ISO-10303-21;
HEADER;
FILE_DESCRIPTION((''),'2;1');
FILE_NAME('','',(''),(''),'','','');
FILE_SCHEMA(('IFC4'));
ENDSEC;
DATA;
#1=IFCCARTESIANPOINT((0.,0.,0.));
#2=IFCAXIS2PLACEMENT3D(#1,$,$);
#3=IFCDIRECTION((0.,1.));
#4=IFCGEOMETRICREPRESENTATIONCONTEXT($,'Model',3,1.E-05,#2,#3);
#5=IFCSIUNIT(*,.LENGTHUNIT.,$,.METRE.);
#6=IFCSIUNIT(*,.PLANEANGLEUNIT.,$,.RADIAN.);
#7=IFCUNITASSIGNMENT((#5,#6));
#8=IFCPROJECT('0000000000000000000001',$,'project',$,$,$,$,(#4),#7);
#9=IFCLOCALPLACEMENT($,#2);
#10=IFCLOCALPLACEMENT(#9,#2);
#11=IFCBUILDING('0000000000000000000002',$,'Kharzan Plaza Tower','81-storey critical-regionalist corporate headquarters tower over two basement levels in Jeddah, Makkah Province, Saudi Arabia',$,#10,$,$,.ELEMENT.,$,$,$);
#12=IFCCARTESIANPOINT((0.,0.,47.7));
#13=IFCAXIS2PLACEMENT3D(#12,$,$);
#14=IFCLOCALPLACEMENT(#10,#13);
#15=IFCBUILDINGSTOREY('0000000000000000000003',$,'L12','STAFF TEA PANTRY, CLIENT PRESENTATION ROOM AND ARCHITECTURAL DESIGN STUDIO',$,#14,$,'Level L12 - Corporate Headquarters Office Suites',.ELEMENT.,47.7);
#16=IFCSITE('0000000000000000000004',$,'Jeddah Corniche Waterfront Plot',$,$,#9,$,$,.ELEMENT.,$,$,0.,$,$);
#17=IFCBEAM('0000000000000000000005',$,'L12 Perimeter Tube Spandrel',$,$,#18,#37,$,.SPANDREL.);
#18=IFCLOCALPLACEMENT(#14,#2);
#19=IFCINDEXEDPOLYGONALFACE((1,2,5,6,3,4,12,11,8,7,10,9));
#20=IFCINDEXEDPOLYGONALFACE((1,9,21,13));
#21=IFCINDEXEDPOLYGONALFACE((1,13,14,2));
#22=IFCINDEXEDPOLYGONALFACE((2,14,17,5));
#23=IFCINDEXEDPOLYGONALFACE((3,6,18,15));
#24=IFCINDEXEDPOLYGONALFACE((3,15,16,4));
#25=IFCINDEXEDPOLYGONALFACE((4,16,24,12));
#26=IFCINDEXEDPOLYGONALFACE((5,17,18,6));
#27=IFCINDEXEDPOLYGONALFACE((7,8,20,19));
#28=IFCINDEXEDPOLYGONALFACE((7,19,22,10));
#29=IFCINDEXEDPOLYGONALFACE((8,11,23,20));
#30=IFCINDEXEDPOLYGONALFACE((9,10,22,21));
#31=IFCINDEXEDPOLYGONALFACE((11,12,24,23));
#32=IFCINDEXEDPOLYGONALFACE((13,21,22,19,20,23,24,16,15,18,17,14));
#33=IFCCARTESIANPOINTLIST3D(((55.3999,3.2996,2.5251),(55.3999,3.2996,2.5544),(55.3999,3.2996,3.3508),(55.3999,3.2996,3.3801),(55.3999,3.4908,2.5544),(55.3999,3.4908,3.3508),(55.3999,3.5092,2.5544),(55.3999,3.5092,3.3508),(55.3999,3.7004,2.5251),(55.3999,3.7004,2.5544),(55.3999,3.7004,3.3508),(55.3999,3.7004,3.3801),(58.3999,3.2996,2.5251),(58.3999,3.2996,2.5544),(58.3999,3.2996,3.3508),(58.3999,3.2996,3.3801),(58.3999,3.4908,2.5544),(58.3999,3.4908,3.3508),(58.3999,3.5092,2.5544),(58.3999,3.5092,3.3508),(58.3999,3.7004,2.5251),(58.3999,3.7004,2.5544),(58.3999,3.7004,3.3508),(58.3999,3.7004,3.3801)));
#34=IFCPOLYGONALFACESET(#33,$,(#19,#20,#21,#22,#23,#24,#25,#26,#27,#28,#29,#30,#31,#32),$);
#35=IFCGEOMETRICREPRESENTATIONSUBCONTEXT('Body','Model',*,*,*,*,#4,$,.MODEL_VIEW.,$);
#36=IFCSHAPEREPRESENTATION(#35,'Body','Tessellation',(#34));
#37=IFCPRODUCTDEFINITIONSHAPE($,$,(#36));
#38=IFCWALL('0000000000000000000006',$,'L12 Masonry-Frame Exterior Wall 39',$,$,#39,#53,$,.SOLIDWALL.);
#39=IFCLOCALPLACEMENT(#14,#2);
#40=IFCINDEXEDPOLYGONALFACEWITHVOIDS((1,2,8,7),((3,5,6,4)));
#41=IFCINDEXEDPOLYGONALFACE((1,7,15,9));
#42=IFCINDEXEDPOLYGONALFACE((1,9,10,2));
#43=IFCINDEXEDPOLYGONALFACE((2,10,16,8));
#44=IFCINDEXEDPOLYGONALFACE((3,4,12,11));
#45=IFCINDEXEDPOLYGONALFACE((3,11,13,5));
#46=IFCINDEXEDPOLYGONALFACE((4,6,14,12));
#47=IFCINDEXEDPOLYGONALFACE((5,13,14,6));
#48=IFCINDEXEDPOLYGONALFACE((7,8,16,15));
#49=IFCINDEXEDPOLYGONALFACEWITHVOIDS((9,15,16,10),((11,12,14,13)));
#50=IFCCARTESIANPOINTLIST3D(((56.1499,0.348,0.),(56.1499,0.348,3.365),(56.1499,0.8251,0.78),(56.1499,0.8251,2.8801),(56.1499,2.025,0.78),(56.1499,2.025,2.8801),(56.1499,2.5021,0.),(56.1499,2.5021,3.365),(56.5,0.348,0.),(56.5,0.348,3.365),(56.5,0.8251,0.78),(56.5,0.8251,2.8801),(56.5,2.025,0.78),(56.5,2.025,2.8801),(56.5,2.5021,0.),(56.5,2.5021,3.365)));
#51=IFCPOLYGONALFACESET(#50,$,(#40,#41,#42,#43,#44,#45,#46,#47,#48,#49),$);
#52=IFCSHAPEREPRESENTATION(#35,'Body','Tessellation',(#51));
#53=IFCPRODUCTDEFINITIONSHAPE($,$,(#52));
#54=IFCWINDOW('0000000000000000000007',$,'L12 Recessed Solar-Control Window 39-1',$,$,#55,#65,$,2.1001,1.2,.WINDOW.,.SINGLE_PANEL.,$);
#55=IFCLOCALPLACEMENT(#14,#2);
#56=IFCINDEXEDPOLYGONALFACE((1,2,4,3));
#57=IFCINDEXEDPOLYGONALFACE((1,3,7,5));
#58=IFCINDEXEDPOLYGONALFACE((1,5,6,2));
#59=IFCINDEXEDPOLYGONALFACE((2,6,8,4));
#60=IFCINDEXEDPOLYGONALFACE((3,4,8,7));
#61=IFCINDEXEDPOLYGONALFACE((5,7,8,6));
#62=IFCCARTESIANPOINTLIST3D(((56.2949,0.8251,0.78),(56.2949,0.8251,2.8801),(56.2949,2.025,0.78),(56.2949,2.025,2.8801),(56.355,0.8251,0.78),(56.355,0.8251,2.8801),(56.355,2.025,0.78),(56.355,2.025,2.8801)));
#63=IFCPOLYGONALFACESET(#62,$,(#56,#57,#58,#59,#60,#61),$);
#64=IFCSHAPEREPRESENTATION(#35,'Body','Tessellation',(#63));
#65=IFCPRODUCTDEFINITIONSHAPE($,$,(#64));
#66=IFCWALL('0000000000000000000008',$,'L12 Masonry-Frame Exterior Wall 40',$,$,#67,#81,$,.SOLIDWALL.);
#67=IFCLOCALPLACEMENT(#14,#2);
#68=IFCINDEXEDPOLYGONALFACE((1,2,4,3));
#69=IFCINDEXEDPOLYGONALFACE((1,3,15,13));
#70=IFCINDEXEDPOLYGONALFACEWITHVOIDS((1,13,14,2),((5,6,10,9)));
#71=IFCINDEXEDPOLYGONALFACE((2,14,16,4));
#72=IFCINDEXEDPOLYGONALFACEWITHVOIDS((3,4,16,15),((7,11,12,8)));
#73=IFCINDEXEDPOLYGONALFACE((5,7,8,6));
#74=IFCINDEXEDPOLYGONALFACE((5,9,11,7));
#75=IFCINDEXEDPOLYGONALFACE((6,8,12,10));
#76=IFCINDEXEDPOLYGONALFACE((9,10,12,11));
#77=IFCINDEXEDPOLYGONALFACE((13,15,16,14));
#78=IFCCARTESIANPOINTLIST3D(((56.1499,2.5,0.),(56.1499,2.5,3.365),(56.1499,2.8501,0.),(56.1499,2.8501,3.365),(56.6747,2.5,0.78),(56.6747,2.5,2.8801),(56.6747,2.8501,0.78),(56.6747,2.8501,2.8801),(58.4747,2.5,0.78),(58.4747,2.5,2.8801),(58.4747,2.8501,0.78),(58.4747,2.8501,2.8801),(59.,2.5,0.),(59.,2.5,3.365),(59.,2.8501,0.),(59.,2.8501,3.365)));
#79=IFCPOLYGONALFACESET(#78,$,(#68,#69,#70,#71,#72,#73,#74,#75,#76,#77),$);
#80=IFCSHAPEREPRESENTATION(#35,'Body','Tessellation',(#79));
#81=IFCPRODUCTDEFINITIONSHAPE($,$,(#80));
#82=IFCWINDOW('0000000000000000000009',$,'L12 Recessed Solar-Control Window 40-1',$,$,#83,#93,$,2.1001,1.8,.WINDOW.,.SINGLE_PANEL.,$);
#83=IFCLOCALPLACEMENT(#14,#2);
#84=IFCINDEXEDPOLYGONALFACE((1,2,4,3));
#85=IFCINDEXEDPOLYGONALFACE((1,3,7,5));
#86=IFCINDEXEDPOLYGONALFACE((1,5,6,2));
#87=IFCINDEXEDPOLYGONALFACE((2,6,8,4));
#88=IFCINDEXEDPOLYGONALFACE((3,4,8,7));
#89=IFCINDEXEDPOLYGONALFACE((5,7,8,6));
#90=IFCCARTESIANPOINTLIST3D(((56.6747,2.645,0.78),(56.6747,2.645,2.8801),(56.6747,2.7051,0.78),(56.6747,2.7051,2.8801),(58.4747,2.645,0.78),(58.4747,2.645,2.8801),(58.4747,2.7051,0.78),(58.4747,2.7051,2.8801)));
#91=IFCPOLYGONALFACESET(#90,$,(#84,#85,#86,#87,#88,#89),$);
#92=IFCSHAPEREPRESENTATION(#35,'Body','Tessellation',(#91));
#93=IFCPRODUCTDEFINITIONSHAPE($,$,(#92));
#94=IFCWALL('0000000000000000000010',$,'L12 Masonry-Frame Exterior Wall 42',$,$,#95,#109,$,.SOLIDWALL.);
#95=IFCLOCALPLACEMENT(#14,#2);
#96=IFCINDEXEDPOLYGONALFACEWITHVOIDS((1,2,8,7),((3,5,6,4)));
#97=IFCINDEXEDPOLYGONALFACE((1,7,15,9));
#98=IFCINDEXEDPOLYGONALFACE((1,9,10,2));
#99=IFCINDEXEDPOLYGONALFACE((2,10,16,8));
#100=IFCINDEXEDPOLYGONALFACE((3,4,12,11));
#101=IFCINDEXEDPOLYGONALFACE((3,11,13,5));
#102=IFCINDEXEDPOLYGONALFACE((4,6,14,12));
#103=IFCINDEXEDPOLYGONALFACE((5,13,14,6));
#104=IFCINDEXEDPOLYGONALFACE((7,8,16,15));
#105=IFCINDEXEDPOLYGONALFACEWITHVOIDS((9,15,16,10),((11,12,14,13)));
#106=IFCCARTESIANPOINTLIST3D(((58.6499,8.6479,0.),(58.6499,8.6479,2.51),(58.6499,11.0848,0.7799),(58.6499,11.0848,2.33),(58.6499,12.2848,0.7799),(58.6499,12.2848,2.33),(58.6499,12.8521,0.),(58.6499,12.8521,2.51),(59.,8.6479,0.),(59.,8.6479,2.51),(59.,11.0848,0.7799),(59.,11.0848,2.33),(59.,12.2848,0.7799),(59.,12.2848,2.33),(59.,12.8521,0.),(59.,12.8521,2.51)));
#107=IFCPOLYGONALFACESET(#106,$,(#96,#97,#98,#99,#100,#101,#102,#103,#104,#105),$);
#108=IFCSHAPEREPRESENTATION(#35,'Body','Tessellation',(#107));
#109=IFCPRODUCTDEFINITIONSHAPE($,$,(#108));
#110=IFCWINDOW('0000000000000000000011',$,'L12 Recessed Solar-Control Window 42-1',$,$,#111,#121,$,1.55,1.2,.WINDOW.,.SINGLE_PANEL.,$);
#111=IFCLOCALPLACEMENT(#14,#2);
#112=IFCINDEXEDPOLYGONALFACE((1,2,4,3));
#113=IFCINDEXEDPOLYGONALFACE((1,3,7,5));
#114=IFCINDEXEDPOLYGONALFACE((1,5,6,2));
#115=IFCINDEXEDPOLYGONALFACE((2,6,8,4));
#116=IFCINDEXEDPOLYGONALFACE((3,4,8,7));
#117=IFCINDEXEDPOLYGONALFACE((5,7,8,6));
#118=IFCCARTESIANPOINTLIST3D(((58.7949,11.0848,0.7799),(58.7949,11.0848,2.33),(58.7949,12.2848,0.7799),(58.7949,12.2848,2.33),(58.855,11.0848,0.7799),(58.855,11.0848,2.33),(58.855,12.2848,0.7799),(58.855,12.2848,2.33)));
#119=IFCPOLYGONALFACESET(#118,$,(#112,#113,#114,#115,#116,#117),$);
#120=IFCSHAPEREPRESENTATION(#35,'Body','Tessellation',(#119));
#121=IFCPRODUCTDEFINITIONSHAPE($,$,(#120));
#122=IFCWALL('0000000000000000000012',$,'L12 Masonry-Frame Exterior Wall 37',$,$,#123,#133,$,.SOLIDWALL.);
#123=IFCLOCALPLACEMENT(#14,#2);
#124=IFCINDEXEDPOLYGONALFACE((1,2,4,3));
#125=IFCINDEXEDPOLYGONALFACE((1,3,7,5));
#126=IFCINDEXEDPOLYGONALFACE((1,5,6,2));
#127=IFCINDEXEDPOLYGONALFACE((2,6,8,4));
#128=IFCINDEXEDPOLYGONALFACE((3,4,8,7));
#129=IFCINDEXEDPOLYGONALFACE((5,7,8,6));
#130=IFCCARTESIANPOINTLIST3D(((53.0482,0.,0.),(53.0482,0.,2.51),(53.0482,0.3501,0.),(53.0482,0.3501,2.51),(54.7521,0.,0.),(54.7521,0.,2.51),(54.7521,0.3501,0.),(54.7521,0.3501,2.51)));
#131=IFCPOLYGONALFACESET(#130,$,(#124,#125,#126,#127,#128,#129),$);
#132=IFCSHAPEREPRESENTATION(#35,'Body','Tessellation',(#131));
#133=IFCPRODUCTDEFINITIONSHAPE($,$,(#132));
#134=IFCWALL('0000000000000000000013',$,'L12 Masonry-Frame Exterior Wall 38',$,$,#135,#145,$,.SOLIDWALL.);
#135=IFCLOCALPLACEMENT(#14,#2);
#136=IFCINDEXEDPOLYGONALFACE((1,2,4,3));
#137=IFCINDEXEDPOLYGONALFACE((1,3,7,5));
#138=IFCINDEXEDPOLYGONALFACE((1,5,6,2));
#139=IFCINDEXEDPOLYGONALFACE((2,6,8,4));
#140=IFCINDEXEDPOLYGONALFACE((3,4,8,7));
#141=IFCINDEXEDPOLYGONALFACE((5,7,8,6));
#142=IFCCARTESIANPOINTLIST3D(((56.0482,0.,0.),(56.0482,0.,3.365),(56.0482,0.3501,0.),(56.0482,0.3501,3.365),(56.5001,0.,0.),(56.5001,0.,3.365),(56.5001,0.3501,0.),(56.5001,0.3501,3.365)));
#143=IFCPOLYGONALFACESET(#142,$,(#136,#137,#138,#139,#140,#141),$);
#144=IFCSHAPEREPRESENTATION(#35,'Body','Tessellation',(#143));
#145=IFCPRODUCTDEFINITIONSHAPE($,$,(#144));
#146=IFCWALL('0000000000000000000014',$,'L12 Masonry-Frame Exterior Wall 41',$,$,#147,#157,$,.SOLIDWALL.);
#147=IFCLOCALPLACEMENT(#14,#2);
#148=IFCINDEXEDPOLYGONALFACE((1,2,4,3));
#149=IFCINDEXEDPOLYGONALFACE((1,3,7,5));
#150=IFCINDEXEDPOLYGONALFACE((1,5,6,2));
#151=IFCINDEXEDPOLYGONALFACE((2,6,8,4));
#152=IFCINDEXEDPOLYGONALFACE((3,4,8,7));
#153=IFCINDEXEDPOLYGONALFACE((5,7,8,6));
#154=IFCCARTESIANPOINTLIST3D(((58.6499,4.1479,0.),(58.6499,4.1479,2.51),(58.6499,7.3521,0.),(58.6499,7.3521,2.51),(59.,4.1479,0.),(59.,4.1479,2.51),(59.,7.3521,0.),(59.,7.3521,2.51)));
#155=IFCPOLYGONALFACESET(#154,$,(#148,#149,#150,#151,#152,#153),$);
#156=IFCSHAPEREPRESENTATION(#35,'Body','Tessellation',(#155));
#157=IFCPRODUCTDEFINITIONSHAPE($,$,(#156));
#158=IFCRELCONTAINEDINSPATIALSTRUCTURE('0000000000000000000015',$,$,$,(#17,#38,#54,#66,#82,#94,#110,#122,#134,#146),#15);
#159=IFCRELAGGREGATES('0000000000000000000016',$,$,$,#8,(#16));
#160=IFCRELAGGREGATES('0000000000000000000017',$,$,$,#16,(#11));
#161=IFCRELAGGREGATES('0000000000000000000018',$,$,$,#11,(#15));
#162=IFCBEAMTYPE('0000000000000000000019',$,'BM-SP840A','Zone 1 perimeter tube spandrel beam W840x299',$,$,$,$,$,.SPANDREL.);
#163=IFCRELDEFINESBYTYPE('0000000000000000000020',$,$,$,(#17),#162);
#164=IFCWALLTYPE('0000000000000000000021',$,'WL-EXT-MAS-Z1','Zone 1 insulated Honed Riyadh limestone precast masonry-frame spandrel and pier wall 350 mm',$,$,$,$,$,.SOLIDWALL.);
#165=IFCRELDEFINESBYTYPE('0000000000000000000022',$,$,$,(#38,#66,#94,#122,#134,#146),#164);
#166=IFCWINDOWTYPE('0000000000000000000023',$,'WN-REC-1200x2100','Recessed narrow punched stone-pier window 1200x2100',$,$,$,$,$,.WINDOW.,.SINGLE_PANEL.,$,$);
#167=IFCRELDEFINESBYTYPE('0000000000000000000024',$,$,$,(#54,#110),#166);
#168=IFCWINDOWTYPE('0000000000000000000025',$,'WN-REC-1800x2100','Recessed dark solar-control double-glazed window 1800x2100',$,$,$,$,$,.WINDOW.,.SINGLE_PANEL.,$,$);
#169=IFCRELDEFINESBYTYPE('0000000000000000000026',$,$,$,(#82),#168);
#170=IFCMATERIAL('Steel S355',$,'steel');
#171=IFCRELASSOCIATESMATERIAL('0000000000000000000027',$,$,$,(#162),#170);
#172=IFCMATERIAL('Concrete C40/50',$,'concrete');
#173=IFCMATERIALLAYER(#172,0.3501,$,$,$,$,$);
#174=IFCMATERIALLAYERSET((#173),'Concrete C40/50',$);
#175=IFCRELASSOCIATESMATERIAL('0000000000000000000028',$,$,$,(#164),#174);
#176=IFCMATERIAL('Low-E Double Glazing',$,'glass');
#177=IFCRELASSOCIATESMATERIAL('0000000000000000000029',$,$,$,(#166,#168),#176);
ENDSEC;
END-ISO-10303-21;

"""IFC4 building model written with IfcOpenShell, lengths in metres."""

from ifc_helpers import new_model, si_unit, direction, frame, frame_2d, origin, origin_2d, place, context, subcontext, project, spatial, rectangle, i_section, extrude, source, transform, mapped, material, layer, layer_set, material_profile, profile_set, type_object, element, fill, save


model = new_model("IFC4")

# Units and contexts
model_context = context("Model", 3, precision=1e-05, world=origin(), true_north=direction((0.0, 1.0)))
body_context = subcontext(model_context, "Body", "Model", "MODEL_VIEW")
ifc_project = project(units=[si_unit("LENGTHUNIT", "METRE"), si_unit("PLANEANGLEUNIT", "RADIAN")], contexts=[model_context])

# Site, building, storey
site_placement = place(None, origin())
site = spatial("IfcSite", under=ifc_project, at=site_placement, Name="Jeddah Corniche Waterfront Plot", CompositionType="ELEMENT", RefElevation=0.0)
building_placement = place(site_placement, origin())
building = spatial("IfcBuilding", under=site, at=building_placement, Name="Kharzan Plaza Tower", Description="81-storey critical-regionalist corporate headquarters tower over two basement levels in Jeddah, Makkah Province, Saudi Arabia", CompositionType="ELEMENT")
storey_placement = place(building_placement, frame((0.0, 0.0, 47.7)))
storey = spatial("IfcBuildingStorey", under=building, at=storey_placement, Name="L12", Description="STAFF TEA PANTRY, CLIENT PRESENTATION ROOM AND ARCHITECTURAL DESIGN STUDIO", LongName="Level L12 - Corporate Headquarters Office Suites", CompositionType="ELEMENT", Elevation=47.7)

# Beam
ifc_material_1 = material(Name="Steel S355", Category="steel")
ifc_material_profile_1 = material_profile(ifc_material_1, i_section(OverallWidth=0.4009, OverallDepth=0.855, WebThickness=0.0183, FlangeThickness=0.0293, at=origin_2d()), Name="W840x299")
ifc_profile_set_1 = profile_set([ifc_material_profile_1], Name="Steel S355")
beam_type_1 = type_object("IfcBeamType", Name="BM-SP840A", Description="Zone 1 perimeter tube spandrel beam W840x299", PredefinedType="SPANDREL", material=ifc_profile_set_1)
shared_shape_1 = source(origin(), body_context, "Body", "SweptSolid", [
    extrude(i_section(OverallWidth=0.4009, OverallDepth=0.855, WebThickness=0.0183, FlangeThickness=0.0293, at=origin_2d()), origin(), (0.0, 0.0, 1.0), 3.0),
])
for number, where, z_axis, x_axis, name in (
    (1, (55.3999, 3.5, 2.9526), (1.0, 0.0, 0.0), (0.0, 1.0, 0.0), "L12 Perimeter Tube Spandrel"),
):
    element("IfcBeam", number, at=place(storey_placement, frame(where, z_axis=z_axis, x_axis=x_axis)), inside=storey, type_object=beam_type_1, Name=name, PredefinedType="SPANDREL", context=body_context, shape_type="MappedRepresentation", body=[
        mapped(shared_shape_1, transform((0.0, 0.0, 0.0), x_axis=(1.0, 0.0, 0.0), y_axis=(0.0, 1.0, 0.0), z_axis=(0.0, 0.0, 1.0))),
    ])

# Walls, openings, windows
ifc_material_2 = material(Name="Concrete C40/50", Category="concrete")
ifc_layer_1 = layer(ifc_material_2, 0.3501)
ifc_layer_set_1 = layer_set([ifc_layer_1], Name="Concrete C40/50")
wall_type_1 = type_object("IfcWallType", Name="WL-EXT-MAS-Z1", Description="Zone 1 insulated Honed Riyadh limestone precast masonry-frame spandrel and pier wall 350 mm", PredefinedType="SOLIDWALL", material=ifc_layer_set_1)
wall_1_placement = place(storey_placement, frame((56.325, 0.3479, 0.0), z_axis=(0.0, 0.0, 1.0), x_axis=(0.0, 1.0, 0.0)))
wall_1 = element("IfcWall", 2, at=wall_1_placement, inside=storey, type_object=wall_type_1, Name="L12 Masonry-Frame Exterior Wall 39", PredefinedType="SOLIDWALL", context=body_context, shape_type="SweptSolid", body=[
    extrude(rectangle(XDim=2.1541, YDim=0.3501, at=frame_2d((1.0771, 0.0))), origin(), (0.0, 0.0, 1.0), 3.365),
])
opening_1_placement = place(wall_1_placement, frame((0.4771, 0.0, 0.78)))
opening_1 = element("IfcOpeningElement", 3, at=opening_1_placement, cuts=wall_1, PredefinedType="OPENING", context=body_context, shape_type="SweptSolid", body=[
    extrude(rectangle(XDim=1.2, YDim=2.1001, at=frame_2d((0.6001, 1.05))), frame((0.0, 0.1851, 0.0), z_axis=(0.0, -1.0, 0.0), x_axis=(1.0, 0.0, 0.0)), (0.0, 0.0, 1.0), 0.3701),
])
ifc_material_3 = material(Name="Low-E Double Glazing", Category="glass")
window_type_1 = type_object("IfcWindowType", Name="WN-REC-1200x2100", Description="Recessed narrow punched stone-pier window 1200x2100", PartitioningType="SINGLE_PANEL", PredefinedType="WINDOW", material=ifc_material_3)
shared_shape_2 = source(origin(), body_context, "Body", "SweptSolid", [
    extrude(rectangle(XDim=1.2, YDim=2.1001, at=frame_2d((0.6001, 1.05))), frame((0.0, 0.03, 0.0), z_axis=(0.0, -1.0, 0.0), x_axis=(1.0, 0.0, 0.0)), (0.0, 0.0, 1.0), 0.0601),
])
window_1_placement = place(opening_1_placement, origin())
window_1 = element("IfcWindow", 4, at=window_1_placement, inside=storey, type_object=window_type_1, Name="L12 Recessed Solar-Control Window 39-1", OverallHeight=2.1001, OverallWidth=1.2, PartitioningType="SINGLE_PANEL", PredefinedType="WINDOW", context=body_context, shape_type="MappedRepresentation", body=[
    mapped(shared_shape_2, transform((0.0, 0.0, 0.0), x_axis=(1.0, 0.0, 0.0), y_axis=(0.0, 1.0, 0.0), z_axis=(0.0, 0.0, 1.0))),
])
fill(opening_1, window_1)
wall_2_placement = place(storey_placement, frame((56.1499, 2.675, 0.0), z_axis=(0.0, 0.0, 1.0), x_axis=(1.0, 0.0, 0.0)))
wall_2 = element("IfcWall", 5, at=wall_2_placement, inside=storey, type_object=wall_type_1, Name="L12 Masonry-Frame Exterior Wall 40", PredefinedType="SOLIDWALL", context=body_context, shape_type="SweptSolid", body=[
    extrude(rectangle(XDim=2.8501, YDim=0.3501, at=frame_2d((1.425, 0.0))), origin(), (0.0, 0.0, 1.0), 3.365),
])
opening_2_placement = place(wall_2_placement, frame((0.5249, 0.0, 0.78)))
opening_2 = element("IfcOpeningElement", 6, at=opening_2_placement, cuts=wall_2, PredefinedType="OPENING", context=body_context, shape_type="SweptSolid", body=[
    extrude(rectangle(XDim=1.8, YDim=2.1001, at=frame_2d((0.8999, 1.05))), frame((0.0, 0.1851, 0.0), z_axis=(0.0, -1.0, 0.0), x_axis=(1.0, 0.0, 0.0)), (0.0, 0.0, 1.0), 0.3701),
])
window_type_2 = type_object("IfcWindowType", Name="WN-REC-1800x2100", Description="Recessed dark solar-control double-glazed window 1800x2100", PartitioningType="SINGLE_PANEL", PredefinedType="WINDOW", material=ifc_material_3)
shared_shape_3 = source(origin(), body_context, "Body", "SweptSolid", [
    extrude(rectangle(XDim=1.8, YDim=2.1001, at=frame_2d((0.8999, 1.05))), frame((0.0, 0.03, 0.0), z_axis=(0.0, -1.0, 0.0), x_axis=(1.0, 0.0, 0.0)), (0.0, 0.0, 1.0), 0.0601),
])
window_2_placement = place(opening_2_placement, origin())
window_2 = element("IfcWindow", 7, at=window_2_placement, inside=storey, type_object=window_type_2, Name="L12 Recessed Solar-Control Window 40-1", OverallHeight=2.1001, OverallWidth=1.8, PartitioningType="SINGLE_PANEL", PredefinedType="WINDOW", context=body_context, shape_type="MappedRepresentation", body=[
    mapped(shared_shape_3, transform((0.0, 0.0, 0.0), x_axis=(1.0, 0.0, 0.0), y_axis=(0.0, 1.0, 0.0), z_axis=(0.0, 0.0, 1.0))),
])
fill(opening_2, window_2)
wall_3_placement = place(storey_placement, frame((58.825, 8.6479, 0.0), z_axis=(0.0, 0.0, 1.0), x_axis=(0.0, 1.0, 0.0)))
wall_3 = element("IfcWall", 8, at=wall_3_placement, inside=storey, type_object=wall_type_1, Name="L12 Masonry-Frame Exterior Wall 42", PredefinedType="SOLIDWALL", context=body_context, shape_type="SweptSolid", body=[
    extrude(rectangle(XDim=4.2041, YDim=0.3501, at=frame_2d((2.1021, 0.0))), origin(), (0.0, 0.0, 1.0), 2.51),
])
opening_3_placement = place(wall_3_placement, frame((2.4368, 0.0, 0.78)))
opening_3 = element("IfcOpeningElement", 9, at=opening_3_placement, cuts=wall_3, PredefinedType="OPENING", context=body_context, shape_type="SweptSolid", body=[
    extrude(rectangle(XDim=1.2, YDim=1.55, at=frame_2d((0.6001, 0.7749))), frame((0.0, 0.1851, 0.0), z_axis=(0.0, -1.0, 0.0), x_axis=(1.0, 0.0, 0.0)), (0.0, 0.0, 1.0), 0.3701),
])
shared_shape_4 = source(origin(), body_context, "Body", "SweptSolid", [
    extrude(rectangle(XDim=1.2, YDim=1.55, at=frame_2d((0.6001, 0.7749))), frame((0.0, 0.03, 0.0), z_axis=(0.0, -1.0, 0.0), x_axis=(1.0, 0.0, 0.0)), (0.0, 0.0, 1.0), 0.0601),
])
window_3_placement = place(opening_3_placement, origin())
window_3 = element("IfcWindow", 10, at=window_3_placement, inside=storey, type_object=window_type_1, Name="L12 Recessed Solar-Control Window 42-1", OverallHeight=1.55, OverallWidth=1.2, PartitioningType="SINGLE_PANEL", PredefinedType="WINDOW", context=body_context, shape_type="MappedRepresentation", body=[
    mapped(shared_shape_4, transform((0.0, 0.0, 0.0), x_axis=(1.0, 0.0, 0.0), y_axis=(0.0, 1.0, 0.0), z_axis=(0.0, 0.0, 1.0))),
])
fill(opening_3, window_3)

# Walls
shared_shape_5 = source(origin(), body_context, "Body", "SweptSolid", [
    extrude(rectangle(XDim=1.7039, YDim=0.3501, at=frame_2d((0.8521, 0.0))), origin(), (0.0, 0.0, 1.0), 2.51),
])
wall_4_placement = place(storey_placement, frame((53.0481, 0.175, 0.0), z_axis=(0.0, 0.0, 1.0), x_axis=(1.0, 0.0, 0.0)))
element("IfcWall", 11, at=wall_4_placement, inside=storey, type_object=wall_type_1, Name="L12 Masonry-Frame Exterior Wall 37", PredefinedType="SOLIDWALL", context=body_context, shape_type="MappedRepresentation", body=[
    mapped(shared_shape_5, transform((0.0, 0.0, 0.0), x_axis=(1.0, 0.0, 0.0), y_axis=(0.0, 1.0, 0.0), z_axis=(0.0, 0.0, 1.0))),
])
shared_shape_6 = source(origin(), body_context, "Body", "SweptSolid", [
    extrude(rectangle(XDim=0.4519, YDim=0.3501, at=frame_2d((0.2261, 0.0))), origin(), (0.0, 0.0, 1.0), 3.365),
])
wall_5_placement = place(storey_placement, frame((56.0481, 0.175, 0.0), z_axis=(0.0, 0.0, 1.0), x_axis=(1.0, 0.0, 0.0)))
element("IfcWall", 12, at=wall_5_placement, inside=storey, type_object=wall_type_1, Name="L12 Masonry-Frame Exterior Wall 38", PredefinedType="SOLIDWALL", context=body_context, shape_type="MappedRepresentation", body=[
    mapped(shared_shape_6, transform((0.0, 0.0, 0.0), x_axis=(1.0, 0.0, 0.0), y_axis=(0.0, 1.0, 0.0), z_axis=(0.0, 0.0, 1.0))),
])
shared_shape_7 = source(origin(), body_context, "Body", "SweptSolid", [
    extrude(rectangle(XDim=3.2041, YDim=0.3501, at=frame_2d((1.6021, 0.0))), origin(), (0.0, 0.0, 1.0), 2.51),
])
wall_6_placement = place(storey_placement, frame((58.825, 4.1479, 0.0), z_axis=(0.0, 0.0, 1.0), x_axis=(0.0, 1.0, 0.0)))
element("IfcWall", 13, at=wall_6_placement, inside=storey, type_object=wall_type_1, Name="L12 Masonry-Frame Exterior Wall 41", PredefinedType="SOLIDWALL", context=body_context, shape_type="MappedRepresentation", body=[
    mapped(shared_shape_7, transform((0.0, 0.0, 0.0), x_axis=(1.0, 0.0, 0.0), y_axis=(0.0, 1.0, 0.0), z_axis=(0.0, 0.0, 1.0))),
])

save(model, "model.ifc")
